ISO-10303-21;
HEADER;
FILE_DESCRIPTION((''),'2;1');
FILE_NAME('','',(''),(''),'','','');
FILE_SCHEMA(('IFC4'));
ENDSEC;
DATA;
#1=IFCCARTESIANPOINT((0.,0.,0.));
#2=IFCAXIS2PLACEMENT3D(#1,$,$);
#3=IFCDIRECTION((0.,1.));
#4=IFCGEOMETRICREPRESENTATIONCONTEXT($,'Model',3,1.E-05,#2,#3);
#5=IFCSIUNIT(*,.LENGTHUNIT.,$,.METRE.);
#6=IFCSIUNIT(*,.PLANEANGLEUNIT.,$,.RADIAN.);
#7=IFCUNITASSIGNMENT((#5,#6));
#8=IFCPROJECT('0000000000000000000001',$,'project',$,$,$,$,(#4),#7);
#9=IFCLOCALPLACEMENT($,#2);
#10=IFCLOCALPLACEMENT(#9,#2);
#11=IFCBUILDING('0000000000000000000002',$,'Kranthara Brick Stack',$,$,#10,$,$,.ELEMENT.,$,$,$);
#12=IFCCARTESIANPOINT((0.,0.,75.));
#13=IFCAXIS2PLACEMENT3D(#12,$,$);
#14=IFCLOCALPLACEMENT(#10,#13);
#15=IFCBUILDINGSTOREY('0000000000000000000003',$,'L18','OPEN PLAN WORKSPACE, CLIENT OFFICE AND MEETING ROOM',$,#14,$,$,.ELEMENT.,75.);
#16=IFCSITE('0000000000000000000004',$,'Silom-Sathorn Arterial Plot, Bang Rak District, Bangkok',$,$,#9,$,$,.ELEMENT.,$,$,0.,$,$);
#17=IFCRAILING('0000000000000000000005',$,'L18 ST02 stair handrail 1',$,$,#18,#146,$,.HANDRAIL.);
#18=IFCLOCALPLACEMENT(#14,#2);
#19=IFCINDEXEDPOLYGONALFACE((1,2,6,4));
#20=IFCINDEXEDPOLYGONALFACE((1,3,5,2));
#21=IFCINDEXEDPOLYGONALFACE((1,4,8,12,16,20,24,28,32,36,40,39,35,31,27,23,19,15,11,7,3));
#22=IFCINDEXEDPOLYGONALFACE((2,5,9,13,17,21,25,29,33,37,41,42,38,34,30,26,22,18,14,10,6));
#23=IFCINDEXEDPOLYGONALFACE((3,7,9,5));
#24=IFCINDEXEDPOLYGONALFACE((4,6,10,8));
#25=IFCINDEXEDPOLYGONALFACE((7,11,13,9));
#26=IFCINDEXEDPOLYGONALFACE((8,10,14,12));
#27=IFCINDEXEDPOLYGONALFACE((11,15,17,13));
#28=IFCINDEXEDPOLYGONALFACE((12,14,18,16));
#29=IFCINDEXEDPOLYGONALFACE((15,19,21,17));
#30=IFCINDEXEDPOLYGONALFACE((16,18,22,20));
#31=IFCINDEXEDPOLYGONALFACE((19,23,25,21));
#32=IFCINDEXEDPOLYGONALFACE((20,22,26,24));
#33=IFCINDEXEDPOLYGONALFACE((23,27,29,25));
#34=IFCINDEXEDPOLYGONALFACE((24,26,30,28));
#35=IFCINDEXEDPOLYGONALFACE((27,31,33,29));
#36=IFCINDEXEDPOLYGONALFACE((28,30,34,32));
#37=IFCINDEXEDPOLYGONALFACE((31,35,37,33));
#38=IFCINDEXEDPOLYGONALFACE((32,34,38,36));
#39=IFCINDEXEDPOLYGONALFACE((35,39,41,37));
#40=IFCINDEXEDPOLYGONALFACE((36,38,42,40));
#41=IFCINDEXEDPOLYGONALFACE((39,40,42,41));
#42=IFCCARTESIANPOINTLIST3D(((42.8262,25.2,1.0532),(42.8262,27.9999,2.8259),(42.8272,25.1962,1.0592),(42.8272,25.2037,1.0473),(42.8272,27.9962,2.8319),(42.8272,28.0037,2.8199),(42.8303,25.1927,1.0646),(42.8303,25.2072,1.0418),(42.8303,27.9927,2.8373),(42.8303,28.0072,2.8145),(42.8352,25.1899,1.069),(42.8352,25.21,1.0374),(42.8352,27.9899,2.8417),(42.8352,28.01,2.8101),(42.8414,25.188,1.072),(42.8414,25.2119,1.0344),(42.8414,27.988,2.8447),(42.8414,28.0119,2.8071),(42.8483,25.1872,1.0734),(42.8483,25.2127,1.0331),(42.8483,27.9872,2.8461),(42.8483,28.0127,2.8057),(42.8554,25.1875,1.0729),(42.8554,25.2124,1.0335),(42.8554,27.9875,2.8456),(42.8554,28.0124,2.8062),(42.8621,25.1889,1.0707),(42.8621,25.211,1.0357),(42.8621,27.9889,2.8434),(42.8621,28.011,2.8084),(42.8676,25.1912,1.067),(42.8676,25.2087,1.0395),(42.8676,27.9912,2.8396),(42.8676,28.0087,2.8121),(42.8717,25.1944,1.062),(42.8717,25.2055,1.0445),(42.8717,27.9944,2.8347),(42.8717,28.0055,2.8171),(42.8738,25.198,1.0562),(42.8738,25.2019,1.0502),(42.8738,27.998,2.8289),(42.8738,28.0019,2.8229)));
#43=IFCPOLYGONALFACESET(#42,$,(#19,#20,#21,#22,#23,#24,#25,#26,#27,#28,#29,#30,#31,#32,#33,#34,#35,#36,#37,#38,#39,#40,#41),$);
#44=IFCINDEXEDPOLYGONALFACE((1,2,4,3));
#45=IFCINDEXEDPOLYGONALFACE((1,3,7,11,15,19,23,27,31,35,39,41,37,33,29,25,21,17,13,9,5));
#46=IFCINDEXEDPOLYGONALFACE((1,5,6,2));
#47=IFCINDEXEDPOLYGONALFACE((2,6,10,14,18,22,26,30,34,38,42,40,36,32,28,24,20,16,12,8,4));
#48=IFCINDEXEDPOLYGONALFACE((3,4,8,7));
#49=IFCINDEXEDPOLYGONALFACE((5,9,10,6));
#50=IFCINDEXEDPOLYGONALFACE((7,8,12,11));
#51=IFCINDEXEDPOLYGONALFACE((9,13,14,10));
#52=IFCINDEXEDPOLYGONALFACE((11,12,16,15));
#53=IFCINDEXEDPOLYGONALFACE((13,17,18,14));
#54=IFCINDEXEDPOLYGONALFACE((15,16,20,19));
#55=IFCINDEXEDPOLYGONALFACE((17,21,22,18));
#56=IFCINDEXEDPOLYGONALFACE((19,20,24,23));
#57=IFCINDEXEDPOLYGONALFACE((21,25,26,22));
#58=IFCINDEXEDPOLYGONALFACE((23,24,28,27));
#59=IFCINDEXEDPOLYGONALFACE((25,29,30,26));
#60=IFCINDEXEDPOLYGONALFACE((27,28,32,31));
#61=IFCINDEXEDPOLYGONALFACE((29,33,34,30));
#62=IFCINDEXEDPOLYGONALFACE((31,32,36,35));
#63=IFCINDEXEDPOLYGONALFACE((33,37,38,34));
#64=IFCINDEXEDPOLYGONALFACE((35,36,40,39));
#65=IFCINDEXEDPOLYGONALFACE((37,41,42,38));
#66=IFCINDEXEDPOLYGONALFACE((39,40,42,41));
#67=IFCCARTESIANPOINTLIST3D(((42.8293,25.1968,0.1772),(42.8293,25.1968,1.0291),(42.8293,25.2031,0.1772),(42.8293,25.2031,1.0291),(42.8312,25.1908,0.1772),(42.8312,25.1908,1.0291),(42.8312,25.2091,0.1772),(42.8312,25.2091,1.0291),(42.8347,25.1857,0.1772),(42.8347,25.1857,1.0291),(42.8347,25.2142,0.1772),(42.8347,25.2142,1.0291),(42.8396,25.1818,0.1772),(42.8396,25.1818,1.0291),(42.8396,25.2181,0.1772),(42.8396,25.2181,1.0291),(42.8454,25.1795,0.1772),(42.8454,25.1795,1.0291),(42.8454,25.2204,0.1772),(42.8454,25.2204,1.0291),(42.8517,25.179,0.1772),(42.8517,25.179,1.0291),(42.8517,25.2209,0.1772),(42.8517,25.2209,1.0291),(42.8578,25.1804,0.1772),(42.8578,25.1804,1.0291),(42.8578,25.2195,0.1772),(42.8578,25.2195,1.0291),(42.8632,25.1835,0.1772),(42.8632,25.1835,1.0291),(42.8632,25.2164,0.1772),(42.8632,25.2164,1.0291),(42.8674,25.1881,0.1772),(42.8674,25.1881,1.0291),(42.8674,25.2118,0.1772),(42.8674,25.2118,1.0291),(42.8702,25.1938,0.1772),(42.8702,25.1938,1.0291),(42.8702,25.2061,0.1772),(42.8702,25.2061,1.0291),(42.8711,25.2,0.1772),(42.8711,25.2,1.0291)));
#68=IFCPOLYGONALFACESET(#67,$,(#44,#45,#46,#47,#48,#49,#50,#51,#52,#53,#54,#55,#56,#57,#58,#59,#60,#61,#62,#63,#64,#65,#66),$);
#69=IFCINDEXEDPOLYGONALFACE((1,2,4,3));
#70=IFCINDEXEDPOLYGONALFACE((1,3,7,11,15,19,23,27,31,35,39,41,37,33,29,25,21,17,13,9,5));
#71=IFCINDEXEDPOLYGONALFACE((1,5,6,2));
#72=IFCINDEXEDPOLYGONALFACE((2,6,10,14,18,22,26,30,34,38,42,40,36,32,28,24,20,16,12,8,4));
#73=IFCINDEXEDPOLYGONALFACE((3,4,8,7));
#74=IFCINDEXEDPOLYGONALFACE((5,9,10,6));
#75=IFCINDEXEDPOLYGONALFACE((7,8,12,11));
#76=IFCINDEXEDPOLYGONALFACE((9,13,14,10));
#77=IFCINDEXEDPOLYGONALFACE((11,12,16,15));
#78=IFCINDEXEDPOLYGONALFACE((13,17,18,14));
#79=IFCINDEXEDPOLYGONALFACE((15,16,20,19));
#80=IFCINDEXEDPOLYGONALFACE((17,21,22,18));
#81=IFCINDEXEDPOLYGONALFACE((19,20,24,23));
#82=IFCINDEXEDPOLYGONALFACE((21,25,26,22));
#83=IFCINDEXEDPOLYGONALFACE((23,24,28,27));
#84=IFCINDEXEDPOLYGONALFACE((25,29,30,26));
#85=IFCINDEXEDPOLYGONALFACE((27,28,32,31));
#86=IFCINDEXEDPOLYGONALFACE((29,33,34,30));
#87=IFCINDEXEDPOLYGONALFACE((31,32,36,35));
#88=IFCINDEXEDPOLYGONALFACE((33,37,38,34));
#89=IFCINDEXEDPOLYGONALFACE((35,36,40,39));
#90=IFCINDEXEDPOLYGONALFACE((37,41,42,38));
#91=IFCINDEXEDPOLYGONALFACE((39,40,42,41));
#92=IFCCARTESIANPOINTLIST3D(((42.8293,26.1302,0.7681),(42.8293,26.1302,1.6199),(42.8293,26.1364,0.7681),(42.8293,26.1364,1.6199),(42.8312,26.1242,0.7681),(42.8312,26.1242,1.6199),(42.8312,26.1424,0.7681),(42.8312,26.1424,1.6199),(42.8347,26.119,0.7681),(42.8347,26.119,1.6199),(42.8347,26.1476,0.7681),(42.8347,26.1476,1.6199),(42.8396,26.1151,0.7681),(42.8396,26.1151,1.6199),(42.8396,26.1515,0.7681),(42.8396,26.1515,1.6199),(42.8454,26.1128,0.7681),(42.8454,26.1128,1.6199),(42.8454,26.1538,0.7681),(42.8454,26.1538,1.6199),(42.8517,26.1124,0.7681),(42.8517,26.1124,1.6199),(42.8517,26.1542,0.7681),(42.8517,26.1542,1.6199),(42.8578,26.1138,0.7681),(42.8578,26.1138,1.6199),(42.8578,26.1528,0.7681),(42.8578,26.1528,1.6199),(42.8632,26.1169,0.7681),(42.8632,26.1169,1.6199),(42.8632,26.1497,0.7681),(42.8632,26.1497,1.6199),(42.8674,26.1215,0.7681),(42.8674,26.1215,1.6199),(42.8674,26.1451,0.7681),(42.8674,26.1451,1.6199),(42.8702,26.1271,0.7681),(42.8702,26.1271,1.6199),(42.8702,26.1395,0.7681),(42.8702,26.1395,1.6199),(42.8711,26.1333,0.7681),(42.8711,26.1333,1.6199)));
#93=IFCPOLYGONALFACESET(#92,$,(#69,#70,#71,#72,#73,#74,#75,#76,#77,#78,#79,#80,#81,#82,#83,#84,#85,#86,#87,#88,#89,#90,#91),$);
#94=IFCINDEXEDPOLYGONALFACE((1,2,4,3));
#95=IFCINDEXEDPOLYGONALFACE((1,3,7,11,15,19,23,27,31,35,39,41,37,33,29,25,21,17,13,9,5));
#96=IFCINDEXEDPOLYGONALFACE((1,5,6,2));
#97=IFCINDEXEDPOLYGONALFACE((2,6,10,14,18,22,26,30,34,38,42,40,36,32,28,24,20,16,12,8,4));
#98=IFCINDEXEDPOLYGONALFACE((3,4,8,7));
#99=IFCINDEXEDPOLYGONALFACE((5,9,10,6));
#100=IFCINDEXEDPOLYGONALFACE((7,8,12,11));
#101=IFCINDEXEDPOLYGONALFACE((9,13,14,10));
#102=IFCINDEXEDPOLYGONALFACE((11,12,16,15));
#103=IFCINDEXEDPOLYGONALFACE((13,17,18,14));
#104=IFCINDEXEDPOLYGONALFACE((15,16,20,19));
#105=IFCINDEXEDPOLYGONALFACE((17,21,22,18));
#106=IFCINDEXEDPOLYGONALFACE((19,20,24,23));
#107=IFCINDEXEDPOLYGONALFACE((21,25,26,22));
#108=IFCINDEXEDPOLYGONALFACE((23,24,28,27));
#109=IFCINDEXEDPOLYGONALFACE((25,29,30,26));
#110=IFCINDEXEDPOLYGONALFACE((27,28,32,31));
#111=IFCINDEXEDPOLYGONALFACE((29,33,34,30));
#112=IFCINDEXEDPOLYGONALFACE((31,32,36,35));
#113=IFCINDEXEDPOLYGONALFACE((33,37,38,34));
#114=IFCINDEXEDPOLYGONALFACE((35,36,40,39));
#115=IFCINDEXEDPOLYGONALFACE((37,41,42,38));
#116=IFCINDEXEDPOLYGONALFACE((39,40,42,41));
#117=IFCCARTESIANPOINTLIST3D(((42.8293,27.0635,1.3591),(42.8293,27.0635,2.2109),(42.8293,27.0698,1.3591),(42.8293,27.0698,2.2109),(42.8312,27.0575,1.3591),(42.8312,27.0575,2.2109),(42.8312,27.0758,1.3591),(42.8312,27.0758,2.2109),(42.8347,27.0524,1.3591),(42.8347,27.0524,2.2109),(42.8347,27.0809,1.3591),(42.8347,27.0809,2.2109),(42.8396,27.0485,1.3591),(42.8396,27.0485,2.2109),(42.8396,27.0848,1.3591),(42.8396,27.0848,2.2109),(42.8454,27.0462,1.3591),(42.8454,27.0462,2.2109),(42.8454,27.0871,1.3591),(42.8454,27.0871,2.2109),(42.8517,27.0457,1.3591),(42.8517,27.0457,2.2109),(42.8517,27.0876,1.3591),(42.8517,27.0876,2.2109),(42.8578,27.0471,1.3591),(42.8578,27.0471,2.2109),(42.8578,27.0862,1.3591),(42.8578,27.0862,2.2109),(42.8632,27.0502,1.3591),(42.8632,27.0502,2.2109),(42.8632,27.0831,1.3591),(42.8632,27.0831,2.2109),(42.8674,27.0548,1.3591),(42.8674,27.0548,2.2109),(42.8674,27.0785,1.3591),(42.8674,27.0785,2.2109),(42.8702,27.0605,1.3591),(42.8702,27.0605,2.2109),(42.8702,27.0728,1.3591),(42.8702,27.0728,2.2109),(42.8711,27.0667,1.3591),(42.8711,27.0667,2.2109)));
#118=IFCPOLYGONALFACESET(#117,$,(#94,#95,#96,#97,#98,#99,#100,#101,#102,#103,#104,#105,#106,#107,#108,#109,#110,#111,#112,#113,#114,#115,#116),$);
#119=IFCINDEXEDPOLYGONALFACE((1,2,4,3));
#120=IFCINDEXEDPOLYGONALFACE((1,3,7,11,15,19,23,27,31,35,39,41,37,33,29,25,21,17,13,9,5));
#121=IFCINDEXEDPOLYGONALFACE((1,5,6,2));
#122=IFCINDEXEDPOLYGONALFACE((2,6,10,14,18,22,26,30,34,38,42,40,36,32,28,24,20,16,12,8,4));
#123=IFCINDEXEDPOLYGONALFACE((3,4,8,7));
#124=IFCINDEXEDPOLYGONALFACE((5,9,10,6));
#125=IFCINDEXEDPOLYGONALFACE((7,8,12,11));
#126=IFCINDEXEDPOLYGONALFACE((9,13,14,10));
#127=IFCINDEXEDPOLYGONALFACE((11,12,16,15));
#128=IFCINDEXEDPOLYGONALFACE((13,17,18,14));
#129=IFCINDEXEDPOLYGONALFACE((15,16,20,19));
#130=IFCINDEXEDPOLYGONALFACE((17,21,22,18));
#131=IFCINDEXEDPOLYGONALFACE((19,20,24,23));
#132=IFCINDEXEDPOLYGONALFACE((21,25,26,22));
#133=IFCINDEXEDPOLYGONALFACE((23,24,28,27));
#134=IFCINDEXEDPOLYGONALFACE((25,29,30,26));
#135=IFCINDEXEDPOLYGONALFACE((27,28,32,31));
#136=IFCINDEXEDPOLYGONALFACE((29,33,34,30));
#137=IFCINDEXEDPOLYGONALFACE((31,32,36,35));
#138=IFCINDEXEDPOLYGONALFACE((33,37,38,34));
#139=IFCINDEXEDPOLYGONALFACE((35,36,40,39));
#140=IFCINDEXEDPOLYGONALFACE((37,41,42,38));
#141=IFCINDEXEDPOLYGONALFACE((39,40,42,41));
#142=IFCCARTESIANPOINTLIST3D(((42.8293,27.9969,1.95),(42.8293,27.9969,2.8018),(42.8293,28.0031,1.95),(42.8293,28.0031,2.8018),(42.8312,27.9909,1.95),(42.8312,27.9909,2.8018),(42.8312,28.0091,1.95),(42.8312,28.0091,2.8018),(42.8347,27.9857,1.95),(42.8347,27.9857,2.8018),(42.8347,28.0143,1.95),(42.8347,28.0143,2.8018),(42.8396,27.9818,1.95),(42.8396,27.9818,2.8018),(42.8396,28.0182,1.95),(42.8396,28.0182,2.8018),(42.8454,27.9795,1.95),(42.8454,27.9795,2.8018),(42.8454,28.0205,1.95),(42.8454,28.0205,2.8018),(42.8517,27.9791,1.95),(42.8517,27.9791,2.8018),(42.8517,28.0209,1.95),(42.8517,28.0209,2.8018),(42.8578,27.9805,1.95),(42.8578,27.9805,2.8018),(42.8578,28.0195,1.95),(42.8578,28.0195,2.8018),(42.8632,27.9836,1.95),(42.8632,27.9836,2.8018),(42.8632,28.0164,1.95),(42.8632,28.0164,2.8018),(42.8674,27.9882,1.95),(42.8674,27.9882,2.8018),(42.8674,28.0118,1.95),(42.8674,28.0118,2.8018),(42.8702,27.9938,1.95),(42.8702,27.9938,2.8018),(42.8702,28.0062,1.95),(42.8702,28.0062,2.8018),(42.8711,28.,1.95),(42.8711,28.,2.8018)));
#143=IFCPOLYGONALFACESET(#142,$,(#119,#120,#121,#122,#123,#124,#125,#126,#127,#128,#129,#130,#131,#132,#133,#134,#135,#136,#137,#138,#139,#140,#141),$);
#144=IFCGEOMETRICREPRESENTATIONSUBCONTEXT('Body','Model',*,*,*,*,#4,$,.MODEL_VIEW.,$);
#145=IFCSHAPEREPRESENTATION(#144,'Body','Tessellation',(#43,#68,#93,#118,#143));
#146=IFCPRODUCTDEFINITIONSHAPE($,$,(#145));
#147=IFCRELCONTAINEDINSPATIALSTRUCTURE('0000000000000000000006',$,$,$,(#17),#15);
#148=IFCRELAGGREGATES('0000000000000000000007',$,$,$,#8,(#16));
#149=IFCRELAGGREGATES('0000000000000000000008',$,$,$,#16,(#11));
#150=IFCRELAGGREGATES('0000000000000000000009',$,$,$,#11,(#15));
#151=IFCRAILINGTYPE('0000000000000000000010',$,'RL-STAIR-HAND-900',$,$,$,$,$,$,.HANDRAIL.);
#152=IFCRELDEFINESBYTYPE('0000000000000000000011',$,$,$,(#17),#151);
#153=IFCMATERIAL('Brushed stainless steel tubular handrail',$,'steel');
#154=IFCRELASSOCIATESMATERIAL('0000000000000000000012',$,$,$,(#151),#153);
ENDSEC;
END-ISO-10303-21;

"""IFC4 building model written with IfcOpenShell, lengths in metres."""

from ifc_helpers import new_model, si_unit, direction, frame, origin, origin_2d, place, context, subcontext, project, spatial, circle, extrude, material, type_object, element, save


model = new_model("IFC4")

# Units and contexts
model_context = context("Model", 3, precision=1e-05, world=origin(), true_north=direction((0.0, 1.0)))
body_context = subcontext(model_context, "Body", "Model", "MODEL_VIEW")
ifc_project = project(units=[si_unit("LENGTHUNIT", "METRE"), si_unit("PLANEANGLEUNIT", "RADIAN")], contexts=[model_context])

# Site, building, storey
site_placement = place(None, origin())
site = spatial("IfcSite", under=ifc_project, at=site_placement, Name="Silom-Sathorn Arterial Plot, Bang Rak District, Bangkok", CompositionType="ELEMENT", RefElevation=0.0)
building_placement = place(site_placement, origin())
building = spatial("IfcBuilding", under=site, at=building_placement, Name="Kranthara Brick Stack", CompositionType="ELEMENT")
storey_placement = place(building_placement, frame((0.0, 0.0, 75.0)))
storey = spatial("IfcBuildingStorey", under=building, at=storey_placement, Name="L18", Description="OPEN PLAN WORKSPACE, CLIENT OFFICE AND MEETING ROOM", CompositionType="ELEMENT", Elevation=75.0)

# Railing
ifc_material_1 = material(Name="Brushed stainless steel tubular handrail", Category="steel")
railing_type_1 = type_object("IfcRailingType", Name="RL-STAIR-HAND-900", PredefinedType="HANDRAIL", material=ifc_material_1)
railing_1_placement = place(storey_placement, frame((42.8501, 25.2, 0.1772)))
element("IfcRailing", 1, at=railing_1_placement, inside=storey, type_object=railing_type_1, Name="L18 ST02 stair handrail 1", PredefinedType="HANDRAIL", context=body_context, shape_type="SweptSolid", body=[
    extrude(circle(Radius=0.0239, at=origin_2d()), frame((0.0, 0.0, 0.876), z_axis=(0.0, 0.844909, 0.53491), x_axis=(-1.0, 0.0, 0.0)), (0.0, 0.0, 1.0), 3.314),
    extrude(circle(Radius=0.021, at=origin_2d()), origin(), (0.0, 0.0, 1.0), 0.8518),
    extrude(circle(Radius=0.021, at=origin_2d()), frame((0.0, 0.9333, 0.5908)), (0.0, 0.0, 1.0), 0.8518),
    extrude(circle(Radius=0.021, at=origin_2d()), frame((0.0, 1.8667, 1.1819)), (0.0, 0.0, 1.0), 0.8518),
    extrude(circle(Radius=0.021, at=origin_2d()), frame((0.0, 2.8, 1.7727)), (0.0, 0.0, 1.0), 0.8518),
])

save(model, "model.ifc")
